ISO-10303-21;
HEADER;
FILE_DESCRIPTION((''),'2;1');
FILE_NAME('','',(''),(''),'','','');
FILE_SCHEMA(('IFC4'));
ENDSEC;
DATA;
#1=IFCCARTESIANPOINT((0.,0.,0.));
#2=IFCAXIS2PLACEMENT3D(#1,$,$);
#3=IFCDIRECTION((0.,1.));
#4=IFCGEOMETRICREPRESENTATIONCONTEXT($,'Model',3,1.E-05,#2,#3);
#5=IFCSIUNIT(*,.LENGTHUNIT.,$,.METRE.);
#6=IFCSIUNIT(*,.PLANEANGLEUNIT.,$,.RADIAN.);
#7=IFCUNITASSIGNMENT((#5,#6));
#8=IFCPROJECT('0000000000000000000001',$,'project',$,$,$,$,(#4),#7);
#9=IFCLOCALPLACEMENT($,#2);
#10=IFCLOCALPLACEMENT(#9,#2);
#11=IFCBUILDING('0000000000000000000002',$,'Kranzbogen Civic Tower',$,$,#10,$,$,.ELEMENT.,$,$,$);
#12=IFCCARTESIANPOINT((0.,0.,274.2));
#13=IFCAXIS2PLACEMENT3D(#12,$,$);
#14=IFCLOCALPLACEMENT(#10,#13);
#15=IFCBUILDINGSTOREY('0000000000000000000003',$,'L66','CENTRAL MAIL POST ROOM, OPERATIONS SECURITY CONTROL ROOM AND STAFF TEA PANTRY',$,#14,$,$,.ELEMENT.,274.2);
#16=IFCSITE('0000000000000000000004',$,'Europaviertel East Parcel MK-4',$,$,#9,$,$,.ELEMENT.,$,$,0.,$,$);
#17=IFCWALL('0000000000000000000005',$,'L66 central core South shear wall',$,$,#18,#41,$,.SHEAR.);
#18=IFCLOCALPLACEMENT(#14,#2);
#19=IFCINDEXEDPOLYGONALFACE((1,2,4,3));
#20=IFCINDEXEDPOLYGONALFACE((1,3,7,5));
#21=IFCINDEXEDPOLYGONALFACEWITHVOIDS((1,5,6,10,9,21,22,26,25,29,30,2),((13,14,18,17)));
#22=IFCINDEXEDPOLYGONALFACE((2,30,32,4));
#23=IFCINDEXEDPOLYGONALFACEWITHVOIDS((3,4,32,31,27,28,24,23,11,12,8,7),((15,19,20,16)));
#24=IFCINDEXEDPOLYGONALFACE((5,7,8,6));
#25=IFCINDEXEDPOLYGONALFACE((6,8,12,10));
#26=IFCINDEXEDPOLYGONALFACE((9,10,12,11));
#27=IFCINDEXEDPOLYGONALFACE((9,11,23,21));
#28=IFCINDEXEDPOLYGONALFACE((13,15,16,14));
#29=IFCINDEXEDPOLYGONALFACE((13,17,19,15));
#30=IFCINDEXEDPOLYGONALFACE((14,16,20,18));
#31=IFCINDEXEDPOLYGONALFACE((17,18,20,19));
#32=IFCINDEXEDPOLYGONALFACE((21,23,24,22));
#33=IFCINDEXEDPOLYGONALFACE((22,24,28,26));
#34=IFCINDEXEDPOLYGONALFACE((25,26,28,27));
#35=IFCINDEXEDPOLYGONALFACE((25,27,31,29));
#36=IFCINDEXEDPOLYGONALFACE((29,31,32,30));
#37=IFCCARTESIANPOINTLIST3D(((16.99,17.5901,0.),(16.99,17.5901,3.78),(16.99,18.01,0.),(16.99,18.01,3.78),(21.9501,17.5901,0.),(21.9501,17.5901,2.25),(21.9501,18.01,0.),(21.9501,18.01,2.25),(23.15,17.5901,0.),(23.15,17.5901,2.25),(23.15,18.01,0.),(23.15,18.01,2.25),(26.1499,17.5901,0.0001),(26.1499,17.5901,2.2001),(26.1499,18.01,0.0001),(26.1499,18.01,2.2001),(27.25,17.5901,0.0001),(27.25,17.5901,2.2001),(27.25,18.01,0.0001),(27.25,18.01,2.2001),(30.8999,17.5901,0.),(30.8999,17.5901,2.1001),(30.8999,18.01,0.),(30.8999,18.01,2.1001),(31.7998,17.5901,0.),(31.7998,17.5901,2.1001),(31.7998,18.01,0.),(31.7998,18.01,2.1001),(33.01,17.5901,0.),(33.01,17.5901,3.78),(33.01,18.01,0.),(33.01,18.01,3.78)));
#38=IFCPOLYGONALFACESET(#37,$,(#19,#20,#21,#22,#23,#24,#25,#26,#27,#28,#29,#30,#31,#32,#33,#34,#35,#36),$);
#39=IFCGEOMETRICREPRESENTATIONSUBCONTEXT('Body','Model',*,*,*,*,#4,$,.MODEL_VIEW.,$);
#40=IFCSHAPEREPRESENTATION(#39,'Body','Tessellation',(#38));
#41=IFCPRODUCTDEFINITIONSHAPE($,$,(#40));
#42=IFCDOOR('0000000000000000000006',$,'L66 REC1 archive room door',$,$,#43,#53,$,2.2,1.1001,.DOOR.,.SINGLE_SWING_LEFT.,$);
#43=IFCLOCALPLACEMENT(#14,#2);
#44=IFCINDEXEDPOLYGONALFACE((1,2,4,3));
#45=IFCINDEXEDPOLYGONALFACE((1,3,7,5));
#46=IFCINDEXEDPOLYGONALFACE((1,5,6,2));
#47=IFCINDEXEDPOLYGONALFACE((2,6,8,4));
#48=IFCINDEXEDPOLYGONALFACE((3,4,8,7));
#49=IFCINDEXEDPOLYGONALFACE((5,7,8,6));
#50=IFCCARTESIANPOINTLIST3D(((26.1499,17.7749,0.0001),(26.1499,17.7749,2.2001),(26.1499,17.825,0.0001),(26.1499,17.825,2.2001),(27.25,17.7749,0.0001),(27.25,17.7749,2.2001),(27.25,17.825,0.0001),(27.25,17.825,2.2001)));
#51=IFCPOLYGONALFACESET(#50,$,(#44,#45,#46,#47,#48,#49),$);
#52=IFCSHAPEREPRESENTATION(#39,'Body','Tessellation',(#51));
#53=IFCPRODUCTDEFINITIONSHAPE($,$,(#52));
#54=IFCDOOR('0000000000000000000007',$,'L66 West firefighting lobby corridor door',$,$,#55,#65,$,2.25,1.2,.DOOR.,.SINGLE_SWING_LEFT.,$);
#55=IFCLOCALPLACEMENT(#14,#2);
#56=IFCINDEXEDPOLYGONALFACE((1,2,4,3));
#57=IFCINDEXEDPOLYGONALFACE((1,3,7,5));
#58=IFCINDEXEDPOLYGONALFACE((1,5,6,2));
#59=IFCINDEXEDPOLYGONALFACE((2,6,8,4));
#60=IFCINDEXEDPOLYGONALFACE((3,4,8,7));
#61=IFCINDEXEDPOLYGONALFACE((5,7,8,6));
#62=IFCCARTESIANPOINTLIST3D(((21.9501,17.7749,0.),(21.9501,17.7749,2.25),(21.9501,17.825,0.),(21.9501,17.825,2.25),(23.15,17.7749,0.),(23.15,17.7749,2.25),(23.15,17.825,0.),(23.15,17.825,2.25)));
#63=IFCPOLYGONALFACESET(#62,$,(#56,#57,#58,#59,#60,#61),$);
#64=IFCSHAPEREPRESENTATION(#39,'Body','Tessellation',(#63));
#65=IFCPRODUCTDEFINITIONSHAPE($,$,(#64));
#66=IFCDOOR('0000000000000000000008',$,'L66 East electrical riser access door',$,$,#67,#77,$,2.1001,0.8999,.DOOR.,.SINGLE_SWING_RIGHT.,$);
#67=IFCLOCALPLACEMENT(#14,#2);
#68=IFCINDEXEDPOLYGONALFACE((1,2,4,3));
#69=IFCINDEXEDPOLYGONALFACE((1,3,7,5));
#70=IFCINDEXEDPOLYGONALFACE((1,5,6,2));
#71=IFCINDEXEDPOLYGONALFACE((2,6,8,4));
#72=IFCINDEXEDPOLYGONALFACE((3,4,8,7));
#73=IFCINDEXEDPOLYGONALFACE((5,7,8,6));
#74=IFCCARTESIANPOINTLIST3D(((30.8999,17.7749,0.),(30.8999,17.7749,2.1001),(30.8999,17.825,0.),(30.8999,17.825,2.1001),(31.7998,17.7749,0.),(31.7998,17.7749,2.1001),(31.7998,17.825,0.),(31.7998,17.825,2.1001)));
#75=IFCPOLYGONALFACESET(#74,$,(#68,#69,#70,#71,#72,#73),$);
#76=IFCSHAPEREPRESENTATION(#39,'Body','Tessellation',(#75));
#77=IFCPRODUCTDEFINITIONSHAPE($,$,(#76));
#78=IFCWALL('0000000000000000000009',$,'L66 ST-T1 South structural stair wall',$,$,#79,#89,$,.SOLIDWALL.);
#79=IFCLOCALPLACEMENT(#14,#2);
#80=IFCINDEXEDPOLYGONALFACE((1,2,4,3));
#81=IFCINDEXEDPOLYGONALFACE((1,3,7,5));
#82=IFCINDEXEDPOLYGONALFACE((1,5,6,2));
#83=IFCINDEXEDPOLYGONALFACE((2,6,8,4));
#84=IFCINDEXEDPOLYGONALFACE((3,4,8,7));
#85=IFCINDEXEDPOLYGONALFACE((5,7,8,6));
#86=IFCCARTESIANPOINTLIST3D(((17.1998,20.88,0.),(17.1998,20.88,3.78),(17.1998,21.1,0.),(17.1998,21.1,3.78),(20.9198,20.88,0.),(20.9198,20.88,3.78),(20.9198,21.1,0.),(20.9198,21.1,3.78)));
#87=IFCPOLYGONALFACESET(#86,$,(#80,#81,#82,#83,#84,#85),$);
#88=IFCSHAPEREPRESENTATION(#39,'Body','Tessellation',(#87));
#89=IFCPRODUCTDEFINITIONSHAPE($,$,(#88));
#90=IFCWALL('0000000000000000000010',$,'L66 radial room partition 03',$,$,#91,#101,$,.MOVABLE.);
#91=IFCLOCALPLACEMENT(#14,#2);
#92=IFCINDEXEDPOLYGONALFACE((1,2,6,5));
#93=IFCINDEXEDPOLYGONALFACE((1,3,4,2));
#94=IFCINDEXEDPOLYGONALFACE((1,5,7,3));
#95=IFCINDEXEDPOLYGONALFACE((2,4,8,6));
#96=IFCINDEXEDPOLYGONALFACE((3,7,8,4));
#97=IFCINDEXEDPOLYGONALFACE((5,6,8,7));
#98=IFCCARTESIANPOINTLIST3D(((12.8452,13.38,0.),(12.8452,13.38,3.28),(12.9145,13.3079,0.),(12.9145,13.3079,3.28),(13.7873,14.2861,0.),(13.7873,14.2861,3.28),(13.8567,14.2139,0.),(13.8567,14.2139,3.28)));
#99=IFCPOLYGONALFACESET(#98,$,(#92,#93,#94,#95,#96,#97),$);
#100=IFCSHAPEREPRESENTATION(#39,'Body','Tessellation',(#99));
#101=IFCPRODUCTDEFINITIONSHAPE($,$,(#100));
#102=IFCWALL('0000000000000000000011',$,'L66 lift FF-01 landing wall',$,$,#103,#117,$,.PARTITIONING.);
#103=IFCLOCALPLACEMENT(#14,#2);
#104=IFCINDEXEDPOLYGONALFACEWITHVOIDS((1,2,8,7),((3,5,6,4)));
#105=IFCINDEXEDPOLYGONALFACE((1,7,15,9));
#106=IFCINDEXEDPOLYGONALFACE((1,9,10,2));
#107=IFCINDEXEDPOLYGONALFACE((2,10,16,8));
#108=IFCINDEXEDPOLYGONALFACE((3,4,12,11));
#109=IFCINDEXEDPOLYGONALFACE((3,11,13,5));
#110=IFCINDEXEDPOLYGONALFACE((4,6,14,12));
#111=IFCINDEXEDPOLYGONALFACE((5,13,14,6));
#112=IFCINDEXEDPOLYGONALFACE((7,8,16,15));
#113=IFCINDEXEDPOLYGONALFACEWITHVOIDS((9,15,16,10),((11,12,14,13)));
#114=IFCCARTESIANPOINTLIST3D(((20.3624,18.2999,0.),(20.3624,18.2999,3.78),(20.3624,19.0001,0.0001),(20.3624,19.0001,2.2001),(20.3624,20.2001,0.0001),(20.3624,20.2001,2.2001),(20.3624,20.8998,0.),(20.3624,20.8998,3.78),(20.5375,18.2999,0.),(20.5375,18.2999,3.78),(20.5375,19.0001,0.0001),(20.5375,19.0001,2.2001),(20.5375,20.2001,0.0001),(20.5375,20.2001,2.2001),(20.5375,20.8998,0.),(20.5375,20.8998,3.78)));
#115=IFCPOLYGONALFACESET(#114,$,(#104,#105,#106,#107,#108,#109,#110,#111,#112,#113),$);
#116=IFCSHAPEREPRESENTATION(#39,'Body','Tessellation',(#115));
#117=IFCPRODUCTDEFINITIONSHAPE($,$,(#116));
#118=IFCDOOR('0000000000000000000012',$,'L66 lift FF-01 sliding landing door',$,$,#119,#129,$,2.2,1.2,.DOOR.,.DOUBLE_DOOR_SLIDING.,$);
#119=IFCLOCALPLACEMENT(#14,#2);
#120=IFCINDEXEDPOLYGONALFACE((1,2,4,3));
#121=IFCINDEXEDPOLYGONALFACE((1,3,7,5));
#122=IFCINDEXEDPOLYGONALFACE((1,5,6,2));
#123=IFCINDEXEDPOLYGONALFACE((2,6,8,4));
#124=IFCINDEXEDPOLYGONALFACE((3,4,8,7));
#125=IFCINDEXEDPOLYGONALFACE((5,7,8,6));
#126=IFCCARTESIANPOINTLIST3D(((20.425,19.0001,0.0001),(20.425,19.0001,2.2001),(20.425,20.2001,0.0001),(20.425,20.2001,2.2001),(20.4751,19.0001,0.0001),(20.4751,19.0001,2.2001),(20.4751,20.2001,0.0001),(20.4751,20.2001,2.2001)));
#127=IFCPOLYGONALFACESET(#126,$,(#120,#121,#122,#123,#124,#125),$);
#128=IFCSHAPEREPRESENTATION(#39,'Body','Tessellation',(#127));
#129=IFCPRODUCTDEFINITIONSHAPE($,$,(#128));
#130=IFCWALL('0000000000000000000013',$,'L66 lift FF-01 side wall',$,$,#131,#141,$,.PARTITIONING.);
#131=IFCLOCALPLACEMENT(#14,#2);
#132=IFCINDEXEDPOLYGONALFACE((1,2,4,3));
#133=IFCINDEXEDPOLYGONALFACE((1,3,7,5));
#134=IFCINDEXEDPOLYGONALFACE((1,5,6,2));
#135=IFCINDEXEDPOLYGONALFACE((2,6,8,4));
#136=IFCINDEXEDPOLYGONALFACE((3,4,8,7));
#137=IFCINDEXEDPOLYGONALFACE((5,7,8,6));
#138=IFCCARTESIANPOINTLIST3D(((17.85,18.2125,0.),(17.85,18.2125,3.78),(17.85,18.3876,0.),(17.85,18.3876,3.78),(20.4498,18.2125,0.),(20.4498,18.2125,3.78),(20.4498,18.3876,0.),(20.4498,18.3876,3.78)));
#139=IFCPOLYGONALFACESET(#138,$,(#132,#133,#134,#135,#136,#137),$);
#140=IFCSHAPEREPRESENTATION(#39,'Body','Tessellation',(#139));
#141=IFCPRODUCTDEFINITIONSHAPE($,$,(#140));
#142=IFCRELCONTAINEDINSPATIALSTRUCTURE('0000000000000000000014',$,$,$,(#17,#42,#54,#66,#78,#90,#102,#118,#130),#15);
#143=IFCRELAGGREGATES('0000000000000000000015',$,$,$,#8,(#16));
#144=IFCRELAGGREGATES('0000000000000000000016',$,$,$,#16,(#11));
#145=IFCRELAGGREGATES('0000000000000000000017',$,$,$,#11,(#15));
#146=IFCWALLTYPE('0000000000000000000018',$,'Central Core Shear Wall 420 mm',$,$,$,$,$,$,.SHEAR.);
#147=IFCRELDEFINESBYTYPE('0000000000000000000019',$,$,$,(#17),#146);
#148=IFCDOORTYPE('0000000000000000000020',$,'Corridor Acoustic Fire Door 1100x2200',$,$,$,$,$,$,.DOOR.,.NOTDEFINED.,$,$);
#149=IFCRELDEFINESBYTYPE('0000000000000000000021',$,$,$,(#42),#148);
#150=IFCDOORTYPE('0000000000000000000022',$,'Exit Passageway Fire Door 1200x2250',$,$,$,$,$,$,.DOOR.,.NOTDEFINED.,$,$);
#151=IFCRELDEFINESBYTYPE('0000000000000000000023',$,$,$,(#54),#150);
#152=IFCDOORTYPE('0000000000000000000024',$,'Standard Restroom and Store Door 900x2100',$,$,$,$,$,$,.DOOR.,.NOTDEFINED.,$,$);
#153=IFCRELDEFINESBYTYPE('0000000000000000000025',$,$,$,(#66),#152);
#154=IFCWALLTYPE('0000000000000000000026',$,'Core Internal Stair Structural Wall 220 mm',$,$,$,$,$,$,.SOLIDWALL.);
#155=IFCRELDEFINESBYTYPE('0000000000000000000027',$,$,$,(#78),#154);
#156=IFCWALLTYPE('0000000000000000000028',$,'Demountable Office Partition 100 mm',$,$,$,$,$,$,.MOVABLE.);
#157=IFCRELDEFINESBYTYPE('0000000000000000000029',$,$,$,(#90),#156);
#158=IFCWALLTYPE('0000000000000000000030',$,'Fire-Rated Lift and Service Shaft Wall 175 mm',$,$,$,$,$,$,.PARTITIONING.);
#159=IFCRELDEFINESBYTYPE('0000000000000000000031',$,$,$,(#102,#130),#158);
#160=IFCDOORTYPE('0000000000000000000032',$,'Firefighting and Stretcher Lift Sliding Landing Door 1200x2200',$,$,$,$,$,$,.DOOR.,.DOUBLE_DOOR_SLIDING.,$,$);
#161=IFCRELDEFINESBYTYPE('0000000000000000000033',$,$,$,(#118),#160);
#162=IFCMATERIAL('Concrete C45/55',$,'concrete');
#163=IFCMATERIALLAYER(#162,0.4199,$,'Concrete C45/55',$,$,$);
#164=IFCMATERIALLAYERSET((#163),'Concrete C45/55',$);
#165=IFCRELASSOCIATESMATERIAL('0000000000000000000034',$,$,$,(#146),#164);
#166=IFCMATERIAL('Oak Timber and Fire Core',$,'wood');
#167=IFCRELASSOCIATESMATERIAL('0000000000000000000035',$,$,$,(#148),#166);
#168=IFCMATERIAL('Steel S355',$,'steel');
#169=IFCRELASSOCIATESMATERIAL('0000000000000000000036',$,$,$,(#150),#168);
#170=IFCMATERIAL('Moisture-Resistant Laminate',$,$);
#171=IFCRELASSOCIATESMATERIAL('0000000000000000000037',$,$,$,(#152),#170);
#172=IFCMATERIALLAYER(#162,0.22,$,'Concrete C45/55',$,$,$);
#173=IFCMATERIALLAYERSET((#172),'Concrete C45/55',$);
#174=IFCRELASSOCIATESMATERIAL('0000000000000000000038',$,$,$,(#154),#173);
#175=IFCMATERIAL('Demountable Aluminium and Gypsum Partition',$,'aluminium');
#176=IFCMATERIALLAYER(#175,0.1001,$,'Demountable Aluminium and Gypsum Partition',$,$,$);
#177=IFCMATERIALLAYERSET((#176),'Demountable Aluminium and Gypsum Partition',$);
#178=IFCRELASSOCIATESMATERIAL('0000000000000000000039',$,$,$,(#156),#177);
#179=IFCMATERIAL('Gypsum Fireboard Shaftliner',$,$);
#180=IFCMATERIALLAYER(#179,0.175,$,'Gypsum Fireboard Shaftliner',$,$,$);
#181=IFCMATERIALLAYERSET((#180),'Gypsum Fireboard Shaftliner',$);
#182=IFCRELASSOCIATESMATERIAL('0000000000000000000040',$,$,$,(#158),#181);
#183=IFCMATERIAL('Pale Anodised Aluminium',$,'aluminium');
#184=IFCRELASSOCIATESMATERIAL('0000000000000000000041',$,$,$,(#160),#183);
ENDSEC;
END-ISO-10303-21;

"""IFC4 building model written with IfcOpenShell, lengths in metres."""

from ifc_helpers import new_model, si_unit, direction, frame, frame_2d, origin, place, context, subcontext, project, spatial, rectangle, extrude, material, layer, layer_set, type_object, element, fill, save


model = new_model("IFC4")

# Units and contexts
model_context = context("Model", 3, precision=1e-05, world=origin(), true_north=direction((0.0, 1.0)))
body_context = subcontext(model_context, "Body", "Model", "MODEL_VIEW")
ifc_project = project(units=[si_unit("LENGTHUNIT", "METRE"), si_unit("PLANEANGLEUNIT", "RADIAN")], contexts=[model_context])

# Site, building, storey
site_placement = place(None, origin())
site = spatial("IfcSite", under=ifc_project, at=site_placement, Name="Europaviertel East Parcel MK-4", CompositionType="ELEMENT", RefElevation=0.0)
building_placement = place(site_placement, origin())
building = spatial("IfcBuilding", under=site, at=building_placement, Name="Kranzbogen Civic Tower", CompositionType="ELEMENT")
storey_placement = place(building_placement, frame((0.0, 0.0, 274.2)))
storey = spatial("IfcBuildingStorey", under=building, at=storey_placement, Name="L66", Description="CENTRAL MAIL POST ROOM, OPERATIONS SECURITY CONTROL ROOM AND STAFF TEA PANTRY", CompositionType="ELEMENT", Elevation=274.2)

# Shared definitions
ifc_material_1 = material(Name="Steel S355", Category="steel")

# Shared definitions
ifc_material_2 = material(Name="Pale Anodised Aluminium", Category="aluminium")

# Wall, openings, doors
ifc_material_3 = material(Name="Concrete C45/55", Category="concrete")
ifc_layer_1 = layer(ifc_material_3, 0.4199, Name="Concrete C45/55")
ifc_layer_set_1 = layer_set([ifc_layer_1], Name="Concrete C45/55")
wall_type_1 = type_object("IfcWallType", Name="Central Core Shear Wall 420 mm", PredefinedType="SHEAR", material=ifc_layer_set_1)
wall_1_placement = place(storey_placement, frame((16.99, 17.8, 0.0), z_axis=(0.0, 0.0, 1.0), x_axis=(1.0, 0.0, 0.0)))
wall_1 = element("IfcWall", 1, at=wall_1_placement, inside=storey, type_object=wall_type_1, Name="L66 central core South shear wall", PredefinedType="SHEAR", context=body_context, shape_type="SweptSolid", body=[
    extrude(rectangle(XDim=16.02, YDim=0.4199, at=frame_2d((8.01, 0.0))), origin(), (0.0, 0.0, 1.0), 3.78),
])
opening_1_placement = place(wall_1_placement, frame((4.96, 0.0, 0.0)))
opening_1 = element("IfcOpeningElement", 2, at=opening_1_placement, cuts=wall_1, PredefinedType="OPENING", context=body_context, shape_type="SweptSolid", body=[
    extrude(rectangle(XDim=1.2, YDim=2.25, at=frame_2d((0.6001, 1.125))), frame((0.0, 0.22, 0.0), z_axis=(0.0, -1.0, 0.0), x_axis=(1.0, 0.0, 0.0)), (0.0, 0.0, 1.0), 0.4399),
])
opening_2_placement = place(wall_1_placement, frame((13.9099, 0.0, 0.0)))
opening_2 = element("IfcOpeningElement", 3, at=opening_2_placement, cuts=wall_1, PredefinedType="OPENING", context=body_context, shape_type="SweptSolid", body=[
    extrude(rectangle(XDim=0.8999, YDim=2.1001, at=frame_2d((0.45, 1.05))), frame((0.0, 0.22, 0.0), z_axis=(0.0, -1.0, 0.0), x_axis=(1.0, 0.0, 0.0)), (0.0, 0.0, 1.0), 0.4399),
])
opening_3_placement = place(wall_1_placement, frame((9.1599, 0.0, 0.0)))
opening_3 = element("IfcOpeningElement", 4, at=opening_3_placement, cuts=wall_1, PredefinedType="OPENING", context=body_context, shape_type="SweptSolid", body=[
    extrude(rectangle(XDim=1.1001, YDim=2.2, at=frame_2d((0.55, 1.1001))), frame((0.0, 0.22, 0.0), z_axis=(0.0, -1.0, 0.0), x_axis=(1.0, 0.0, 0.0)), (0.0, 0.0, 1.0), 0.4399),
])
ifc_material_4 = material(Name="Oak Timber and Fire Core", Category="wood")
door_type_1 = type_object("IfcDoorType", Name="Corridor Acoustic Fire Door 1100x2200", OperationType="NOTDEFINED", PredefinedType="DOOR", material=ifc_material_4)
door_1_placement = place(opening_3_placement, origin())
door_1 = element("IfcDoor", 5, at=door_1_placement, inside=storey, type_object=door_type_1, Name="L66 REC1 archive room door", OperationType="SINGLE_SWING_LEFT", OverallHeight=2.2, OverallWidth=1.1001, PredefinedType="DOOR", context=body_context, shape_type="SweptSolid", body=[
    extrude(rectangle(XDim=1.1001, YDim=2.2, at=frame_2d((0.55, 1.1001))), frame((0.0, 0.0249, 0.0), z_axis=(0.0, -1.0, 0.0), x_axis=(1.0, 0.0, 0.0)), (0.0, 0.0, 1.0), 0.05),
])
fill(opening_3, door_1)
door_type_2 = type_object("IfcDoorType", Name="Exit Passageway Fire Door 1200x2250", OperationType="NOTDEFINED", PredefinedType="DOOR", material=ifc_material_1)
door_2_placement = place(opening_1_placement, origin())
door_2 = element("IfcDoor", 6, at=door_2_placement, inside=storey, type_object=door_type_2, Name="L66 West firefighting lobby corridor door", OperationType="SINGLE_SWING_LEFT", OverallHeight=2.25, OverallWidth=1.2, PredefinedType="DOOR", context=body_context, shape_type="SweptSolid", body=[
    extrude(rectangle(XDim=1.2, YDim=2.25, at=frame_2d((0.6001, 1.125))), frame((0.0, 0.0249, 0.0), z_axis=(0.0, -1.0, 0.0), x_axis=(1.0, 0.0, 0.0)), (0.0, 0.0, 1.0), 0.05),
])
fill(opening_1, door_2)
ifc_material_5 = material(Name="Moisture-Resistant Laminate")
door_type_3 = type_object("IfcDoorType", Name="Standard Restroom and Store Door 900x2100", OperationType="NOTDEFINED", PredefinedType="DOOR", material=ifc_material_5)
door_3_placement = place(opening_2_placement, origin())
door_3 = element("IfcDoor", 7, at=door_3_placement, inside=storey, type_object=door_type_3, Name="L66 East electrical riser access door", OperationType="SINGLE_SWING_RIGHT", OverallHeight=2.1001, OverallWidth=0.8999, PredefinedType="DOOR", context=body_context, shape_type="SweptSolid", body=[
    extrude(rectangle(XDim=0.8999, YDim=2.1001, at=frame_2d((0.45, 1.05))), frame((0.0, 0.0249, 0.0), z_axis=(0.0, -1.0, 0.0), x_axis=(1.0, 0.0, 0.0)), (0.0, 0.0, 1.0), 0.05),
])
fill(opening_2, door_3)

# Walls
ifc_layer_2 = layer(ifc_material_3, 0.22, Name="Concrete C45/55")
ifc_layer_set_2 = layer_set([ifc_layer_2], Name="Concrete C45/55")
wall_type_2 = type_object("IfcWallType", Name="Core Internal Stair Structural Wall 220 mm", PredefinedType="SOLIDWALL", material=ifc_layer_set_2)
wall_2_placement = place(storey_placement, frame((17.2, 20.99, 0.0), z_axis=(0.0, 0.0, 1.0), x_axis=(1.0, 0.0, 0.0)))
element("IfcWall", 8, at=wall_2_placement, inside=storey, type_object=wall_type_2, Name="L66 ST-T1 South structural stair wall", PredefinedType="SOLIDWALL", context=body_context, shape_type="SweptSolid", body=[
    extrude(rectangle(XDim=3.72, YDim=0.22, at=frame_2d((1.8599, 0.0))), origin(), (0.0, 0.0, 1.0), 3.78),
])
ifc_material_6 = material(Name="Demountable Aluminium and Gypsum Partition", Category="aluminium")
ifc_layer_3 = layer(ifc_material_6, 0.1001, Name="Demountable Aluminium and Gypsum Partition")
ifc_layer_set_3 = layer_set([ifc_layer_3], Name="Demountable Aluminium and Gypsum Partition")
wall_type_3 = type_object("IfcWallType", Name="Demountable Office Partition 100 mm", PredefinedType="MOVABLE", material=ifc_layer_set_3)
wall_3_placement = place(storey_placement, frame((13.822, 14.25, 0.0), z_axis=(0.0, 0.0, 1.0), x_axis=(-0.720794, -0.69315, 0.0)))
element("IfcWall", 9, at=wall_3_placement, inside=storey, type_object=wall_type_3, Name="L66 radial room partition 03", PredefinedType="MOVABLE", context=body_context, shape_type="SweptSolid", body=[
    extrude(rectangle(XDim=1.3071, YDim=0.1001, at=frame_2d((0.6536, 0.0))), origin(), (0.0, 0.0, 1.0), 3.28),
])

# Wall, opening, door
ifc_material_7 = material(Name="Gypsum Fireboard Shaftliner")
ifc_layer_4 = layer(ifc_material_7, 0.175, Name="Gypsum Fireboard Shaftliner")
ifc_layer_set_4 = layer_set([ifc_layer_4], Name="Gypsum Fireboard Shaftliner")
wall_type_4 = type_object("IfcWallType", Name="Fire-Rated Lift and Service Shaft Wall 175 mm", PredefinedType="PARTITIONING", material=ifc_layer_set_4)
wall_4_placement = place(storey_placement, frame((20.45, 18.3, 0.0), z_axis=(0.0, 0.0, 1.0), x_axis=(0.0, 1.0, 0.0)))
wall_4 = element("IfcWall", 10, at=wall_4_placement, inside=storey, type_object=wall_type_4, Name="L66 lift FF-01 landing wall", PredefinedType="PARTITIONING", context=body_context, shape_type="SweptSolid", body=[
    extrude(rectangle(XDim=2.5999, YDim=0.175, at=frame_2d((1.2998, 0.0))), origin(), (0.0, 0.0, 1.0), 3.78),
])
opening_4_placement = place(wall_4_placement, frame((0.7, 0.0, 0.0)))
opening_4 = element("IfcOpeningElement", 11, at=opening_4_placement, cuts=wall_4, PredefinedType="OPENING", context=body_context, shape_type="SweptSolid", body=[
    extrude(rectangle(XDim=1.2, YDim=2.2, at=frame_2d((0.6001, 1.1001))), frame((0.0, 0.0977, 0.0), z_axis=(0.0, -1.0, 0.0), x_axis=(1.0, 0.0, 0.0)), (0.0, 0.0, 1.0), 0.1951),
])
door_type_4 = type_object("IfcDoorType", Name="Firefighting and Stretcher Lift Sliding Landing Door 1200x2200", OperationType="DOUBLE_DOOR_SLIDING", PredefinedType="DOOR", material=ifc_material_2)
door_4_placement = place(opening_4_placement, origin())
door_4 = element("IfcDoor", 12, at=door_4_placement, inside=storey, type_object=door_type_4, Name="L66 lift FF-01 sliding landing door", OperationType="DOUBLE_DOOR_SLIDING", OverallHeight=2.2, OverallWidth=1.2, PredefinedType="DOOR", context=body_context, shape_type="SweptSolid", body=[
    extrude(rectangle(XDim=1.2, YDim=2.2, at=frame_2d((0.6001, 1.1001))), frame((0.0, 0.0249, 0.0), z_axis=(0.0, -1.0, 0.0), x_axis=(1.0, 0.0, 0.0)), (0.0, 0.0, 1.0), 0.05),
])
fill(opening_4, door_4)

# Wall
wall_5_placement = place(storey_placement, frame((17.8501, 18.3, 0.0), z_axis=(0.0, 0.0, 1.0), x_axis=(1.0, 0.0, 0.0)))
element("IfcWall", 13, at=wall_5_placement, inside=storey, type_object=wall_type_4, Name="L66 lift FF-01 side wall", PredefinedType="PARTITIONING", context=body_context, shape_type="SweptSolid", body=[
    extrude(rectangle(XDim=2.5999, YDim=0.175, at=frame_2d((1.2998, 0.0))), origin(), (0.0, 0.0, 1.0), 3.78),
])

save(model, "model.ifc")
